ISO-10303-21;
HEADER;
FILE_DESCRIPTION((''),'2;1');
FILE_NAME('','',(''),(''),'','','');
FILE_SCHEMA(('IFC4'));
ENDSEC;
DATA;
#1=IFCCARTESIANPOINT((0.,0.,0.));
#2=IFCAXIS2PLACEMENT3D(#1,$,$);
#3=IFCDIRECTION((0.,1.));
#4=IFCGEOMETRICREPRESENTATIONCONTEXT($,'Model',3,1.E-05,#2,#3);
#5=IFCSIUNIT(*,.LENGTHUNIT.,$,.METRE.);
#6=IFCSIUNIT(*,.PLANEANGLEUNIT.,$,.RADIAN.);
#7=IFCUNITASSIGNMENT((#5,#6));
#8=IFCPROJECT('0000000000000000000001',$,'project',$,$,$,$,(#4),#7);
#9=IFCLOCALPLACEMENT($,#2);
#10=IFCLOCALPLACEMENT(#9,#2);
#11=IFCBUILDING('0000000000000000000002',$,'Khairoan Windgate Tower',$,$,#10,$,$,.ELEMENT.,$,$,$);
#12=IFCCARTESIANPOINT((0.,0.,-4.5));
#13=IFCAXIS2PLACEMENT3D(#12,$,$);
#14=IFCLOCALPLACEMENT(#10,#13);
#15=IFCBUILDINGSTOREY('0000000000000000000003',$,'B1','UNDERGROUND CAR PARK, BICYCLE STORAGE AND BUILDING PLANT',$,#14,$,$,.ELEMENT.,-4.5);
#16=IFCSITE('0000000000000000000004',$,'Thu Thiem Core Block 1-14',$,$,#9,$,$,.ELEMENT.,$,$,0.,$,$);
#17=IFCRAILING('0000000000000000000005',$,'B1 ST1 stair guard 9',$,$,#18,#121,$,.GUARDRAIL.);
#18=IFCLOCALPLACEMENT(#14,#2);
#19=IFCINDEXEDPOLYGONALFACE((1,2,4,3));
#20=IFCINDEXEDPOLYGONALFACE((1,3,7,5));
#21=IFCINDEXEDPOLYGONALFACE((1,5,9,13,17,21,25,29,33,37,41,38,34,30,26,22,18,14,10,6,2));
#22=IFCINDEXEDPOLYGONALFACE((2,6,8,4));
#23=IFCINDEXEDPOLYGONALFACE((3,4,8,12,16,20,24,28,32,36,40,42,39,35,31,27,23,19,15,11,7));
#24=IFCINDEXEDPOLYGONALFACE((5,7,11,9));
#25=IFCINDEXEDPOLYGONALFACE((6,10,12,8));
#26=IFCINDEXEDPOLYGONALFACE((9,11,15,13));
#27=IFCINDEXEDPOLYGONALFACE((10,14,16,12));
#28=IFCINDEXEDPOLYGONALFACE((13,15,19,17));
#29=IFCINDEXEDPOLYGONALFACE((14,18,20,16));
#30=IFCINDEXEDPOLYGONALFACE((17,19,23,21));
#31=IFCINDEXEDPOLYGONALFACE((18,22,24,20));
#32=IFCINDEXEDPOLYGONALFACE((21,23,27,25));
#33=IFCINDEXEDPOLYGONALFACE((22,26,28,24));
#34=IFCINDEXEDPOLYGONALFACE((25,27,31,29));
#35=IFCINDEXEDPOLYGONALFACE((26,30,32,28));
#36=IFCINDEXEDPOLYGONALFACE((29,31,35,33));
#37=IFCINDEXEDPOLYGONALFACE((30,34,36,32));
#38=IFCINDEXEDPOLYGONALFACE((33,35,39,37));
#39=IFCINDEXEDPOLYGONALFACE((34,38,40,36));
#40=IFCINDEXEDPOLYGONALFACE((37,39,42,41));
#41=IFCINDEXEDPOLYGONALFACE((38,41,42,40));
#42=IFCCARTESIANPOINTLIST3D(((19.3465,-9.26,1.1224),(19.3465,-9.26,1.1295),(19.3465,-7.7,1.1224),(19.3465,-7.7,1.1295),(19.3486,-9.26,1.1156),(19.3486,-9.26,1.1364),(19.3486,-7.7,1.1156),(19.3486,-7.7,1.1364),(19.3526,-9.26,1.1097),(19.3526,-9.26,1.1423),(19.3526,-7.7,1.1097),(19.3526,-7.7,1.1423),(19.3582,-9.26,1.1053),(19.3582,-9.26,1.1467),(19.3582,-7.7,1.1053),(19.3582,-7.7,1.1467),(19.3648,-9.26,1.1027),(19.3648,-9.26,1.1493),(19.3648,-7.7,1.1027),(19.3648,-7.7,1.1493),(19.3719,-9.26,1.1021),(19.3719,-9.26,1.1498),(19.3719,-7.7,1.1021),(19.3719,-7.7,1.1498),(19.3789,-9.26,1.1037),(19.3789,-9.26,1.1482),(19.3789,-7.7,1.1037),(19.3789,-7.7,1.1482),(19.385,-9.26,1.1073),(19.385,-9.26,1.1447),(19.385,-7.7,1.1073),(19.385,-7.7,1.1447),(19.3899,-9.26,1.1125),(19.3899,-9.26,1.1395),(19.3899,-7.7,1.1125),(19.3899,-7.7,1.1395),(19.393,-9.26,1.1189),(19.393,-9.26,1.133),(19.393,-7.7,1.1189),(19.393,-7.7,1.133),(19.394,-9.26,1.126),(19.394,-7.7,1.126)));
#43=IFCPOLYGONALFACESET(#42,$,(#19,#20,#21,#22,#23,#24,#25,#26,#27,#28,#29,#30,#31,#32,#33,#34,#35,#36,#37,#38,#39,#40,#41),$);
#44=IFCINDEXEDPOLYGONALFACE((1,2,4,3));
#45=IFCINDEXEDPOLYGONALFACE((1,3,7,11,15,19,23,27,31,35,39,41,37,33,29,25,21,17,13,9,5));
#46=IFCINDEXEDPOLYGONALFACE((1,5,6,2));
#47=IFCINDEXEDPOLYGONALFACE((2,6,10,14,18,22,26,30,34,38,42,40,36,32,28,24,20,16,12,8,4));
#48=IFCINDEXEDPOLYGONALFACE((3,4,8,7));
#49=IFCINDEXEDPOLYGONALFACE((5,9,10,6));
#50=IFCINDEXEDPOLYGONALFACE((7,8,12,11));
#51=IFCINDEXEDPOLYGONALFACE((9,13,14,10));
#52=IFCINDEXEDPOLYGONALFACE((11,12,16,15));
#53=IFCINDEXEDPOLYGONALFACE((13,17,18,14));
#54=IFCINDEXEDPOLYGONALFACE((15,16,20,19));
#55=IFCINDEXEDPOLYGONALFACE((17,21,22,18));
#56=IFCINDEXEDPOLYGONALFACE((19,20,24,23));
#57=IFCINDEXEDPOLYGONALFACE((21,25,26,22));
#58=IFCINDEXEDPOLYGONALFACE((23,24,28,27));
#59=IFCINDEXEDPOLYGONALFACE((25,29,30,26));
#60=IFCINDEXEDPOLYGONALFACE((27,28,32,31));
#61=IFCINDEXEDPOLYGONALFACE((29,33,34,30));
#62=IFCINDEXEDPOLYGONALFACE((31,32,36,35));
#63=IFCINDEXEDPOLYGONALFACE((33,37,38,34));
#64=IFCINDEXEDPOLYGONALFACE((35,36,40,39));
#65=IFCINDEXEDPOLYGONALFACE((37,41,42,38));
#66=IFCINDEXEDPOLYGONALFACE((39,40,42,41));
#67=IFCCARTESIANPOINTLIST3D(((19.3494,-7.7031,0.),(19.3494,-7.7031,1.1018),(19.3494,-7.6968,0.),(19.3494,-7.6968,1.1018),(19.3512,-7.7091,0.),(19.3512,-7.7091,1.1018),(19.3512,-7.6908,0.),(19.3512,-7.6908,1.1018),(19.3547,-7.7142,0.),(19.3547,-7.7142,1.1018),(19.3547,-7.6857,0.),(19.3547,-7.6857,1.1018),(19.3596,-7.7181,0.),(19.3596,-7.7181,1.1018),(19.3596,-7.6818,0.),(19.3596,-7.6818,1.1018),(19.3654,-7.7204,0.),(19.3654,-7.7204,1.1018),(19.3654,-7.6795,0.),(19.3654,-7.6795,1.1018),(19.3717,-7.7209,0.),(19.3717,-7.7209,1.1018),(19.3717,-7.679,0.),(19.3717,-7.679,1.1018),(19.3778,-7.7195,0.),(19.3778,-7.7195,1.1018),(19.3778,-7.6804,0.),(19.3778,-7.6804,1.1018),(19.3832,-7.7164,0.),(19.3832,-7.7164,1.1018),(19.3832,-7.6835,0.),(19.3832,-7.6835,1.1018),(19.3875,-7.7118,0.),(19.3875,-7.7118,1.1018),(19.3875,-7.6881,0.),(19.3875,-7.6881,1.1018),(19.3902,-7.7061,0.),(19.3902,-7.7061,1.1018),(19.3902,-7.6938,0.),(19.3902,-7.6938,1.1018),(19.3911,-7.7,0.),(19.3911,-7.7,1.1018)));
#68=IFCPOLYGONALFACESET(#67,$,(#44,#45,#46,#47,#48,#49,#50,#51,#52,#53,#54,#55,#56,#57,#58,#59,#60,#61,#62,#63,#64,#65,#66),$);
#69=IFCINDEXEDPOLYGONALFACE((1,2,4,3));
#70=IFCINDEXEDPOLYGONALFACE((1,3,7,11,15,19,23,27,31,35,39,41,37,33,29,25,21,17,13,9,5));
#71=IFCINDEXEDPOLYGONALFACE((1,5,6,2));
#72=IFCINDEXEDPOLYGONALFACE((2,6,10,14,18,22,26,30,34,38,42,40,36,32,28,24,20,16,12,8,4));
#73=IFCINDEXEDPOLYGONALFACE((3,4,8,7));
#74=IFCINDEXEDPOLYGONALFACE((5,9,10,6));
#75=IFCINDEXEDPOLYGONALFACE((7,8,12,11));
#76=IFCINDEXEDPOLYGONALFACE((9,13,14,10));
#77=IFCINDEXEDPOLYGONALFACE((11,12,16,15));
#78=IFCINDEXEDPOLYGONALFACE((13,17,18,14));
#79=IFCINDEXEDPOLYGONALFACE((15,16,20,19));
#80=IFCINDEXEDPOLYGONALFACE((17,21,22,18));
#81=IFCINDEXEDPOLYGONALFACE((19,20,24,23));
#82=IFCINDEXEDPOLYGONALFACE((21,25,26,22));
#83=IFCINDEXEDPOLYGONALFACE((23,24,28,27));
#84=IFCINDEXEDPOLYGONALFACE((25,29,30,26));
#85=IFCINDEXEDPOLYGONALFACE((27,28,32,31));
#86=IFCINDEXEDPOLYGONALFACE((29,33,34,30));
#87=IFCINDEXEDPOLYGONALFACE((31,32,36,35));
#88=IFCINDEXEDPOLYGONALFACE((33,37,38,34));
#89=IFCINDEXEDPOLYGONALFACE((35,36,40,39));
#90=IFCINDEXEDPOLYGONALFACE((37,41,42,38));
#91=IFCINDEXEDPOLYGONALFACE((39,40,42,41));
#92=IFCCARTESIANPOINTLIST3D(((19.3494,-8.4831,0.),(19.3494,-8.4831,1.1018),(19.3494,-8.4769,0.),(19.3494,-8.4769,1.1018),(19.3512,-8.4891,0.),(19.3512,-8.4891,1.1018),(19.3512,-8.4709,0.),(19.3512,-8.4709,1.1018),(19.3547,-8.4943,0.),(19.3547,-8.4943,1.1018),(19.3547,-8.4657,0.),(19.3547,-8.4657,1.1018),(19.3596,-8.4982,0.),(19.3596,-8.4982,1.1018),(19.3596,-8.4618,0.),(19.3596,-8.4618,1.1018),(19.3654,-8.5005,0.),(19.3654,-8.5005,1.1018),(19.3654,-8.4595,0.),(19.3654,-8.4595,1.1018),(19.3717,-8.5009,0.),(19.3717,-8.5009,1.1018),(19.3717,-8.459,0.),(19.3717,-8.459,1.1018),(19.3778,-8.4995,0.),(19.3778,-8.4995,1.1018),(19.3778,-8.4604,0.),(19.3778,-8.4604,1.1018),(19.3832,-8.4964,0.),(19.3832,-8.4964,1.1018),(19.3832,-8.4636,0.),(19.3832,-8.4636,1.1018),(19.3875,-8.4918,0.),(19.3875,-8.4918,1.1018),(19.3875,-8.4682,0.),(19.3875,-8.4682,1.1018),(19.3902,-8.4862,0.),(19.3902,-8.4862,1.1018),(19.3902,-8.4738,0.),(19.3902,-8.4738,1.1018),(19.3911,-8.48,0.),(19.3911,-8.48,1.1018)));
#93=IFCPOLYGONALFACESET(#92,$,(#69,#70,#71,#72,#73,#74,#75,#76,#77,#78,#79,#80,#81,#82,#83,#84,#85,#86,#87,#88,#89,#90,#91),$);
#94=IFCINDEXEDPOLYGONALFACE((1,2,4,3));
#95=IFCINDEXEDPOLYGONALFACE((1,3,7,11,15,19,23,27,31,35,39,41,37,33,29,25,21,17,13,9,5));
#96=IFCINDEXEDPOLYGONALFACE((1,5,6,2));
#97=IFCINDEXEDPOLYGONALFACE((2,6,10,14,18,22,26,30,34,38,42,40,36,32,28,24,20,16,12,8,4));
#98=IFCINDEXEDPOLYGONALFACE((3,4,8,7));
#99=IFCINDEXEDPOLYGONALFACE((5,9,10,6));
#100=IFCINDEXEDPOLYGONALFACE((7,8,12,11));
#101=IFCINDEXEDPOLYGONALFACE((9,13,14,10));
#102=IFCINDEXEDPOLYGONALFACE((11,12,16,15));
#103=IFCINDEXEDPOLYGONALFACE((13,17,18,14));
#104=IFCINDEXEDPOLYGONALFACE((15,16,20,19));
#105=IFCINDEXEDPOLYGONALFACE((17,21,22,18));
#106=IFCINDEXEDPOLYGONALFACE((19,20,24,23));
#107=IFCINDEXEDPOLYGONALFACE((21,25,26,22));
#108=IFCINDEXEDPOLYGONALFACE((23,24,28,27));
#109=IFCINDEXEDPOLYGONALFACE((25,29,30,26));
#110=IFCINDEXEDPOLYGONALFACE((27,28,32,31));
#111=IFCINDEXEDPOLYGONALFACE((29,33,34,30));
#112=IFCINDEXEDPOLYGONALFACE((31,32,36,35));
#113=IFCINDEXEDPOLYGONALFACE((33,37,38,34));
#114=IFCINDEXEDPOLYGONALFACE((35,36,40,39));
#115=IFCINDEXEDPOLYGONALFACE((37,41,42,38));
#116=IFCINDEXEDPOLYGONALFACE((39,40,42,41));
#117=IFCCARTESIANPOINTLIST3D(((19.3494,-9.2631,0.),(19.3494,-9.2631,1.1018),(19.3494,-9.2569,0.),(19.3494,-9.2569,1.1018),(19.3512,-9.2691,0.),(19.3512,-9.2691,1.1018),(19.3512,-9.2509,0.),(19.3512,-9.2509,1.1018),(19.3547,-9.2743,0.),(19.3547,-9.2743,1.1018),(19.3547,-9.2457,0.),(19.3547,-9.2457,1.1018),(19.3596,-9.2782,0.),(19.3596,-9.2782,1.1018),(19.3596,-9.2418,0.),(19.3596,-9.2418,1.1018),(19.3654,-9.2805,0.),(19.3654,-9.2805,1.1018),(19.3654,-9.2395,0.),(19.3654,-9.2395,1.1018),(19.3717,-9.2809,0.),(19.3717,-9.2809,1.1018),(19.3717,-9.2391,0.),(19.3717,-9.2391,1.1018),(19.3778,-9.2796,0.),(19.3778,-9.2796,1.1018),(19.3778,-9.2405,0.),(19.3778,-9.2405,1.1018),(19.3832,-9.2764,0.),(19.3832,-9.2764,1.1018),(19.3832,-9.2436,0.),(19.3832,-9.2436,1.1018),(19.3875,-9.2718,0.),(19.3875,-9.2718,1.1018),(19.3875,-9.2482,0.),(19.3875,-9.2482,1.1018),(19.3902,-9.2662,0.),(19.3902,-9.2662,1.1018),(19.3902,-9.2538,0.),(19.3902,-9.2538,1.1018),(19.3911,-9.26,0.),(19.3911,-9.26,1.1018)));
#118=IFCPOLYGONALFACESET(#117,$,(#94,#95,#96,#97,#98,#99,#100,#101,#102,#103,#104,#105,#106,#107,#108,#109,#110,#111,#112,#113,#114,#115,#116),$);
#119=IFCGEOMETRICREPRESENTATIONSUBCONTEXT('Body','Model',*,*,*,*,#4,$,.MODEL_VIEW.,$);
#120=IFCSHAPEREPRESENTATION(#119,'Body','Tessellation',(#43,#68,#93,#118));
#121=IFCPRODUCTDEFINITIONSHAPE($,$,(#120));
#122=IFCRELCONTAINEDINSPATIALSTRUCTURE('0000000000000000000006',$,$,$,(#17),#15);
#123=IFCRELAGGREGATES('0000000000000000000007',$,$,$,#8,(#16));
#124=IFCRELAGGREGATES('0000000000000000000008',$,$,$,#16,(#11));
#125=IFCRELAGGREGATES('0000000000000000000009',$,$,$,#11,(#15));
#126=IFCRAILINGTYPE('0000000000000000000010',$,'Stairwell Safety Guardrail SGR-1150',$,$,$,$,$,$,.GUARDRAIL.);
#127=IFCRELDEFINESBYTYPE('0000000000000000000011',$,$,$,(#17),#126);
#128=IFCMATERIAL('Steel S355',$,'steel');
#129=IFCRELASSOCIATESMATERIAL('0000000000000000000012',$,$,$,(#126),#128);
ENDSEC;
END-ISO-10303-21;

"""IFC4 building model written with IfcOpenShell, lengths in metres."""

from ifc_helpers import new_model, si_unit, direction, frame, origin, origin_2d, place, context, subcontext, project, spatial, circle, extrude, material, type_object, element, save


model = new_model("IFC4")

# Units and contexts
model_context = context("Model", 3, precision=1e-05, world=origin(), true_north=direction((0.0, 1.0)))
body_context = subcontext(model_context, "Body", "Model", "MODEL_VIEW")
ifc_project = project(units=[si_unit("LENGTHUNIT", "METRE"), si_unit("PLANEANGLEUNIT", "RADIAN")], contexts=[model_context])

# Site, building, storey
site_placement = place(None, origin())
site = spatial("IfcSite", under=ifc_project, at=site_placement, Name="Thu Thiem Core Block 1-14", CompositionType="ELEMENT", RefElevation=0.0)
building_placement = place(site_placement, origin())
building = spatial("IfcBuilding", under=site, at=building_placement, Name="Khairoan Windgate Tower", CompositionType="ELEMENT")
storey_placement = place(building_placement, frame((0.0, 0.0, -4.5)))
storey = spatial("IfcBuildingStorey", under=building, at=storey_placement, Name="B1", Description="UNDERGROUND CAR PARK, BICYCLE STORAGE AND BUILDING PLANT", CompositionType="ELEMENT", Elevation=-4.5)

# Railing
ifc_material_1 = material(Name="Steel S355", Category="steel")
railing_type = type_object("IfcRailingType", Name="Stairwell Safety Guardrail SGR-1150", PredefinedType="GUARDRAIL", material=ifc_material_1)
railing_placement = place(storey_placement, frame((19.3701, -7.7, 0.0)))
element("IfcRailing", 1, at=railing_placement, inside=storey, type_object=railing_type, Name="B1 ST1 stair guard 9", PredefinedType="GUARDRAIL", context=body_context, shape_type="SweptSolid", body=[
    extrude(circle(Radius=0.0239, at=origin_2d()), frame((0.0, 0.0, 1.126), z_axis=(0.0, -1.0, 0.0), x_axis=(1.0, 0.0, 0.0)), (0.0, 0.0, 1.0), 1.5601),
    extrude(circle(Radius=0.021, at=origin_2d()), origin(), (0.0, 0.0, 1.0), 1.1018),
    extrude(circle(Radius=0.021, at=origin_2d()), frame((0.0, -0.78, 0.0)), (0.0, 0.0, 1.0), 1.1018),
    extrude(circle(Radius=0.021, at=origin_2d()), frame((0.0, -1.5601, 0.0)), (0.0, 0.0, 1.0), 1.1018),
])

save(model, "model.ifc")
